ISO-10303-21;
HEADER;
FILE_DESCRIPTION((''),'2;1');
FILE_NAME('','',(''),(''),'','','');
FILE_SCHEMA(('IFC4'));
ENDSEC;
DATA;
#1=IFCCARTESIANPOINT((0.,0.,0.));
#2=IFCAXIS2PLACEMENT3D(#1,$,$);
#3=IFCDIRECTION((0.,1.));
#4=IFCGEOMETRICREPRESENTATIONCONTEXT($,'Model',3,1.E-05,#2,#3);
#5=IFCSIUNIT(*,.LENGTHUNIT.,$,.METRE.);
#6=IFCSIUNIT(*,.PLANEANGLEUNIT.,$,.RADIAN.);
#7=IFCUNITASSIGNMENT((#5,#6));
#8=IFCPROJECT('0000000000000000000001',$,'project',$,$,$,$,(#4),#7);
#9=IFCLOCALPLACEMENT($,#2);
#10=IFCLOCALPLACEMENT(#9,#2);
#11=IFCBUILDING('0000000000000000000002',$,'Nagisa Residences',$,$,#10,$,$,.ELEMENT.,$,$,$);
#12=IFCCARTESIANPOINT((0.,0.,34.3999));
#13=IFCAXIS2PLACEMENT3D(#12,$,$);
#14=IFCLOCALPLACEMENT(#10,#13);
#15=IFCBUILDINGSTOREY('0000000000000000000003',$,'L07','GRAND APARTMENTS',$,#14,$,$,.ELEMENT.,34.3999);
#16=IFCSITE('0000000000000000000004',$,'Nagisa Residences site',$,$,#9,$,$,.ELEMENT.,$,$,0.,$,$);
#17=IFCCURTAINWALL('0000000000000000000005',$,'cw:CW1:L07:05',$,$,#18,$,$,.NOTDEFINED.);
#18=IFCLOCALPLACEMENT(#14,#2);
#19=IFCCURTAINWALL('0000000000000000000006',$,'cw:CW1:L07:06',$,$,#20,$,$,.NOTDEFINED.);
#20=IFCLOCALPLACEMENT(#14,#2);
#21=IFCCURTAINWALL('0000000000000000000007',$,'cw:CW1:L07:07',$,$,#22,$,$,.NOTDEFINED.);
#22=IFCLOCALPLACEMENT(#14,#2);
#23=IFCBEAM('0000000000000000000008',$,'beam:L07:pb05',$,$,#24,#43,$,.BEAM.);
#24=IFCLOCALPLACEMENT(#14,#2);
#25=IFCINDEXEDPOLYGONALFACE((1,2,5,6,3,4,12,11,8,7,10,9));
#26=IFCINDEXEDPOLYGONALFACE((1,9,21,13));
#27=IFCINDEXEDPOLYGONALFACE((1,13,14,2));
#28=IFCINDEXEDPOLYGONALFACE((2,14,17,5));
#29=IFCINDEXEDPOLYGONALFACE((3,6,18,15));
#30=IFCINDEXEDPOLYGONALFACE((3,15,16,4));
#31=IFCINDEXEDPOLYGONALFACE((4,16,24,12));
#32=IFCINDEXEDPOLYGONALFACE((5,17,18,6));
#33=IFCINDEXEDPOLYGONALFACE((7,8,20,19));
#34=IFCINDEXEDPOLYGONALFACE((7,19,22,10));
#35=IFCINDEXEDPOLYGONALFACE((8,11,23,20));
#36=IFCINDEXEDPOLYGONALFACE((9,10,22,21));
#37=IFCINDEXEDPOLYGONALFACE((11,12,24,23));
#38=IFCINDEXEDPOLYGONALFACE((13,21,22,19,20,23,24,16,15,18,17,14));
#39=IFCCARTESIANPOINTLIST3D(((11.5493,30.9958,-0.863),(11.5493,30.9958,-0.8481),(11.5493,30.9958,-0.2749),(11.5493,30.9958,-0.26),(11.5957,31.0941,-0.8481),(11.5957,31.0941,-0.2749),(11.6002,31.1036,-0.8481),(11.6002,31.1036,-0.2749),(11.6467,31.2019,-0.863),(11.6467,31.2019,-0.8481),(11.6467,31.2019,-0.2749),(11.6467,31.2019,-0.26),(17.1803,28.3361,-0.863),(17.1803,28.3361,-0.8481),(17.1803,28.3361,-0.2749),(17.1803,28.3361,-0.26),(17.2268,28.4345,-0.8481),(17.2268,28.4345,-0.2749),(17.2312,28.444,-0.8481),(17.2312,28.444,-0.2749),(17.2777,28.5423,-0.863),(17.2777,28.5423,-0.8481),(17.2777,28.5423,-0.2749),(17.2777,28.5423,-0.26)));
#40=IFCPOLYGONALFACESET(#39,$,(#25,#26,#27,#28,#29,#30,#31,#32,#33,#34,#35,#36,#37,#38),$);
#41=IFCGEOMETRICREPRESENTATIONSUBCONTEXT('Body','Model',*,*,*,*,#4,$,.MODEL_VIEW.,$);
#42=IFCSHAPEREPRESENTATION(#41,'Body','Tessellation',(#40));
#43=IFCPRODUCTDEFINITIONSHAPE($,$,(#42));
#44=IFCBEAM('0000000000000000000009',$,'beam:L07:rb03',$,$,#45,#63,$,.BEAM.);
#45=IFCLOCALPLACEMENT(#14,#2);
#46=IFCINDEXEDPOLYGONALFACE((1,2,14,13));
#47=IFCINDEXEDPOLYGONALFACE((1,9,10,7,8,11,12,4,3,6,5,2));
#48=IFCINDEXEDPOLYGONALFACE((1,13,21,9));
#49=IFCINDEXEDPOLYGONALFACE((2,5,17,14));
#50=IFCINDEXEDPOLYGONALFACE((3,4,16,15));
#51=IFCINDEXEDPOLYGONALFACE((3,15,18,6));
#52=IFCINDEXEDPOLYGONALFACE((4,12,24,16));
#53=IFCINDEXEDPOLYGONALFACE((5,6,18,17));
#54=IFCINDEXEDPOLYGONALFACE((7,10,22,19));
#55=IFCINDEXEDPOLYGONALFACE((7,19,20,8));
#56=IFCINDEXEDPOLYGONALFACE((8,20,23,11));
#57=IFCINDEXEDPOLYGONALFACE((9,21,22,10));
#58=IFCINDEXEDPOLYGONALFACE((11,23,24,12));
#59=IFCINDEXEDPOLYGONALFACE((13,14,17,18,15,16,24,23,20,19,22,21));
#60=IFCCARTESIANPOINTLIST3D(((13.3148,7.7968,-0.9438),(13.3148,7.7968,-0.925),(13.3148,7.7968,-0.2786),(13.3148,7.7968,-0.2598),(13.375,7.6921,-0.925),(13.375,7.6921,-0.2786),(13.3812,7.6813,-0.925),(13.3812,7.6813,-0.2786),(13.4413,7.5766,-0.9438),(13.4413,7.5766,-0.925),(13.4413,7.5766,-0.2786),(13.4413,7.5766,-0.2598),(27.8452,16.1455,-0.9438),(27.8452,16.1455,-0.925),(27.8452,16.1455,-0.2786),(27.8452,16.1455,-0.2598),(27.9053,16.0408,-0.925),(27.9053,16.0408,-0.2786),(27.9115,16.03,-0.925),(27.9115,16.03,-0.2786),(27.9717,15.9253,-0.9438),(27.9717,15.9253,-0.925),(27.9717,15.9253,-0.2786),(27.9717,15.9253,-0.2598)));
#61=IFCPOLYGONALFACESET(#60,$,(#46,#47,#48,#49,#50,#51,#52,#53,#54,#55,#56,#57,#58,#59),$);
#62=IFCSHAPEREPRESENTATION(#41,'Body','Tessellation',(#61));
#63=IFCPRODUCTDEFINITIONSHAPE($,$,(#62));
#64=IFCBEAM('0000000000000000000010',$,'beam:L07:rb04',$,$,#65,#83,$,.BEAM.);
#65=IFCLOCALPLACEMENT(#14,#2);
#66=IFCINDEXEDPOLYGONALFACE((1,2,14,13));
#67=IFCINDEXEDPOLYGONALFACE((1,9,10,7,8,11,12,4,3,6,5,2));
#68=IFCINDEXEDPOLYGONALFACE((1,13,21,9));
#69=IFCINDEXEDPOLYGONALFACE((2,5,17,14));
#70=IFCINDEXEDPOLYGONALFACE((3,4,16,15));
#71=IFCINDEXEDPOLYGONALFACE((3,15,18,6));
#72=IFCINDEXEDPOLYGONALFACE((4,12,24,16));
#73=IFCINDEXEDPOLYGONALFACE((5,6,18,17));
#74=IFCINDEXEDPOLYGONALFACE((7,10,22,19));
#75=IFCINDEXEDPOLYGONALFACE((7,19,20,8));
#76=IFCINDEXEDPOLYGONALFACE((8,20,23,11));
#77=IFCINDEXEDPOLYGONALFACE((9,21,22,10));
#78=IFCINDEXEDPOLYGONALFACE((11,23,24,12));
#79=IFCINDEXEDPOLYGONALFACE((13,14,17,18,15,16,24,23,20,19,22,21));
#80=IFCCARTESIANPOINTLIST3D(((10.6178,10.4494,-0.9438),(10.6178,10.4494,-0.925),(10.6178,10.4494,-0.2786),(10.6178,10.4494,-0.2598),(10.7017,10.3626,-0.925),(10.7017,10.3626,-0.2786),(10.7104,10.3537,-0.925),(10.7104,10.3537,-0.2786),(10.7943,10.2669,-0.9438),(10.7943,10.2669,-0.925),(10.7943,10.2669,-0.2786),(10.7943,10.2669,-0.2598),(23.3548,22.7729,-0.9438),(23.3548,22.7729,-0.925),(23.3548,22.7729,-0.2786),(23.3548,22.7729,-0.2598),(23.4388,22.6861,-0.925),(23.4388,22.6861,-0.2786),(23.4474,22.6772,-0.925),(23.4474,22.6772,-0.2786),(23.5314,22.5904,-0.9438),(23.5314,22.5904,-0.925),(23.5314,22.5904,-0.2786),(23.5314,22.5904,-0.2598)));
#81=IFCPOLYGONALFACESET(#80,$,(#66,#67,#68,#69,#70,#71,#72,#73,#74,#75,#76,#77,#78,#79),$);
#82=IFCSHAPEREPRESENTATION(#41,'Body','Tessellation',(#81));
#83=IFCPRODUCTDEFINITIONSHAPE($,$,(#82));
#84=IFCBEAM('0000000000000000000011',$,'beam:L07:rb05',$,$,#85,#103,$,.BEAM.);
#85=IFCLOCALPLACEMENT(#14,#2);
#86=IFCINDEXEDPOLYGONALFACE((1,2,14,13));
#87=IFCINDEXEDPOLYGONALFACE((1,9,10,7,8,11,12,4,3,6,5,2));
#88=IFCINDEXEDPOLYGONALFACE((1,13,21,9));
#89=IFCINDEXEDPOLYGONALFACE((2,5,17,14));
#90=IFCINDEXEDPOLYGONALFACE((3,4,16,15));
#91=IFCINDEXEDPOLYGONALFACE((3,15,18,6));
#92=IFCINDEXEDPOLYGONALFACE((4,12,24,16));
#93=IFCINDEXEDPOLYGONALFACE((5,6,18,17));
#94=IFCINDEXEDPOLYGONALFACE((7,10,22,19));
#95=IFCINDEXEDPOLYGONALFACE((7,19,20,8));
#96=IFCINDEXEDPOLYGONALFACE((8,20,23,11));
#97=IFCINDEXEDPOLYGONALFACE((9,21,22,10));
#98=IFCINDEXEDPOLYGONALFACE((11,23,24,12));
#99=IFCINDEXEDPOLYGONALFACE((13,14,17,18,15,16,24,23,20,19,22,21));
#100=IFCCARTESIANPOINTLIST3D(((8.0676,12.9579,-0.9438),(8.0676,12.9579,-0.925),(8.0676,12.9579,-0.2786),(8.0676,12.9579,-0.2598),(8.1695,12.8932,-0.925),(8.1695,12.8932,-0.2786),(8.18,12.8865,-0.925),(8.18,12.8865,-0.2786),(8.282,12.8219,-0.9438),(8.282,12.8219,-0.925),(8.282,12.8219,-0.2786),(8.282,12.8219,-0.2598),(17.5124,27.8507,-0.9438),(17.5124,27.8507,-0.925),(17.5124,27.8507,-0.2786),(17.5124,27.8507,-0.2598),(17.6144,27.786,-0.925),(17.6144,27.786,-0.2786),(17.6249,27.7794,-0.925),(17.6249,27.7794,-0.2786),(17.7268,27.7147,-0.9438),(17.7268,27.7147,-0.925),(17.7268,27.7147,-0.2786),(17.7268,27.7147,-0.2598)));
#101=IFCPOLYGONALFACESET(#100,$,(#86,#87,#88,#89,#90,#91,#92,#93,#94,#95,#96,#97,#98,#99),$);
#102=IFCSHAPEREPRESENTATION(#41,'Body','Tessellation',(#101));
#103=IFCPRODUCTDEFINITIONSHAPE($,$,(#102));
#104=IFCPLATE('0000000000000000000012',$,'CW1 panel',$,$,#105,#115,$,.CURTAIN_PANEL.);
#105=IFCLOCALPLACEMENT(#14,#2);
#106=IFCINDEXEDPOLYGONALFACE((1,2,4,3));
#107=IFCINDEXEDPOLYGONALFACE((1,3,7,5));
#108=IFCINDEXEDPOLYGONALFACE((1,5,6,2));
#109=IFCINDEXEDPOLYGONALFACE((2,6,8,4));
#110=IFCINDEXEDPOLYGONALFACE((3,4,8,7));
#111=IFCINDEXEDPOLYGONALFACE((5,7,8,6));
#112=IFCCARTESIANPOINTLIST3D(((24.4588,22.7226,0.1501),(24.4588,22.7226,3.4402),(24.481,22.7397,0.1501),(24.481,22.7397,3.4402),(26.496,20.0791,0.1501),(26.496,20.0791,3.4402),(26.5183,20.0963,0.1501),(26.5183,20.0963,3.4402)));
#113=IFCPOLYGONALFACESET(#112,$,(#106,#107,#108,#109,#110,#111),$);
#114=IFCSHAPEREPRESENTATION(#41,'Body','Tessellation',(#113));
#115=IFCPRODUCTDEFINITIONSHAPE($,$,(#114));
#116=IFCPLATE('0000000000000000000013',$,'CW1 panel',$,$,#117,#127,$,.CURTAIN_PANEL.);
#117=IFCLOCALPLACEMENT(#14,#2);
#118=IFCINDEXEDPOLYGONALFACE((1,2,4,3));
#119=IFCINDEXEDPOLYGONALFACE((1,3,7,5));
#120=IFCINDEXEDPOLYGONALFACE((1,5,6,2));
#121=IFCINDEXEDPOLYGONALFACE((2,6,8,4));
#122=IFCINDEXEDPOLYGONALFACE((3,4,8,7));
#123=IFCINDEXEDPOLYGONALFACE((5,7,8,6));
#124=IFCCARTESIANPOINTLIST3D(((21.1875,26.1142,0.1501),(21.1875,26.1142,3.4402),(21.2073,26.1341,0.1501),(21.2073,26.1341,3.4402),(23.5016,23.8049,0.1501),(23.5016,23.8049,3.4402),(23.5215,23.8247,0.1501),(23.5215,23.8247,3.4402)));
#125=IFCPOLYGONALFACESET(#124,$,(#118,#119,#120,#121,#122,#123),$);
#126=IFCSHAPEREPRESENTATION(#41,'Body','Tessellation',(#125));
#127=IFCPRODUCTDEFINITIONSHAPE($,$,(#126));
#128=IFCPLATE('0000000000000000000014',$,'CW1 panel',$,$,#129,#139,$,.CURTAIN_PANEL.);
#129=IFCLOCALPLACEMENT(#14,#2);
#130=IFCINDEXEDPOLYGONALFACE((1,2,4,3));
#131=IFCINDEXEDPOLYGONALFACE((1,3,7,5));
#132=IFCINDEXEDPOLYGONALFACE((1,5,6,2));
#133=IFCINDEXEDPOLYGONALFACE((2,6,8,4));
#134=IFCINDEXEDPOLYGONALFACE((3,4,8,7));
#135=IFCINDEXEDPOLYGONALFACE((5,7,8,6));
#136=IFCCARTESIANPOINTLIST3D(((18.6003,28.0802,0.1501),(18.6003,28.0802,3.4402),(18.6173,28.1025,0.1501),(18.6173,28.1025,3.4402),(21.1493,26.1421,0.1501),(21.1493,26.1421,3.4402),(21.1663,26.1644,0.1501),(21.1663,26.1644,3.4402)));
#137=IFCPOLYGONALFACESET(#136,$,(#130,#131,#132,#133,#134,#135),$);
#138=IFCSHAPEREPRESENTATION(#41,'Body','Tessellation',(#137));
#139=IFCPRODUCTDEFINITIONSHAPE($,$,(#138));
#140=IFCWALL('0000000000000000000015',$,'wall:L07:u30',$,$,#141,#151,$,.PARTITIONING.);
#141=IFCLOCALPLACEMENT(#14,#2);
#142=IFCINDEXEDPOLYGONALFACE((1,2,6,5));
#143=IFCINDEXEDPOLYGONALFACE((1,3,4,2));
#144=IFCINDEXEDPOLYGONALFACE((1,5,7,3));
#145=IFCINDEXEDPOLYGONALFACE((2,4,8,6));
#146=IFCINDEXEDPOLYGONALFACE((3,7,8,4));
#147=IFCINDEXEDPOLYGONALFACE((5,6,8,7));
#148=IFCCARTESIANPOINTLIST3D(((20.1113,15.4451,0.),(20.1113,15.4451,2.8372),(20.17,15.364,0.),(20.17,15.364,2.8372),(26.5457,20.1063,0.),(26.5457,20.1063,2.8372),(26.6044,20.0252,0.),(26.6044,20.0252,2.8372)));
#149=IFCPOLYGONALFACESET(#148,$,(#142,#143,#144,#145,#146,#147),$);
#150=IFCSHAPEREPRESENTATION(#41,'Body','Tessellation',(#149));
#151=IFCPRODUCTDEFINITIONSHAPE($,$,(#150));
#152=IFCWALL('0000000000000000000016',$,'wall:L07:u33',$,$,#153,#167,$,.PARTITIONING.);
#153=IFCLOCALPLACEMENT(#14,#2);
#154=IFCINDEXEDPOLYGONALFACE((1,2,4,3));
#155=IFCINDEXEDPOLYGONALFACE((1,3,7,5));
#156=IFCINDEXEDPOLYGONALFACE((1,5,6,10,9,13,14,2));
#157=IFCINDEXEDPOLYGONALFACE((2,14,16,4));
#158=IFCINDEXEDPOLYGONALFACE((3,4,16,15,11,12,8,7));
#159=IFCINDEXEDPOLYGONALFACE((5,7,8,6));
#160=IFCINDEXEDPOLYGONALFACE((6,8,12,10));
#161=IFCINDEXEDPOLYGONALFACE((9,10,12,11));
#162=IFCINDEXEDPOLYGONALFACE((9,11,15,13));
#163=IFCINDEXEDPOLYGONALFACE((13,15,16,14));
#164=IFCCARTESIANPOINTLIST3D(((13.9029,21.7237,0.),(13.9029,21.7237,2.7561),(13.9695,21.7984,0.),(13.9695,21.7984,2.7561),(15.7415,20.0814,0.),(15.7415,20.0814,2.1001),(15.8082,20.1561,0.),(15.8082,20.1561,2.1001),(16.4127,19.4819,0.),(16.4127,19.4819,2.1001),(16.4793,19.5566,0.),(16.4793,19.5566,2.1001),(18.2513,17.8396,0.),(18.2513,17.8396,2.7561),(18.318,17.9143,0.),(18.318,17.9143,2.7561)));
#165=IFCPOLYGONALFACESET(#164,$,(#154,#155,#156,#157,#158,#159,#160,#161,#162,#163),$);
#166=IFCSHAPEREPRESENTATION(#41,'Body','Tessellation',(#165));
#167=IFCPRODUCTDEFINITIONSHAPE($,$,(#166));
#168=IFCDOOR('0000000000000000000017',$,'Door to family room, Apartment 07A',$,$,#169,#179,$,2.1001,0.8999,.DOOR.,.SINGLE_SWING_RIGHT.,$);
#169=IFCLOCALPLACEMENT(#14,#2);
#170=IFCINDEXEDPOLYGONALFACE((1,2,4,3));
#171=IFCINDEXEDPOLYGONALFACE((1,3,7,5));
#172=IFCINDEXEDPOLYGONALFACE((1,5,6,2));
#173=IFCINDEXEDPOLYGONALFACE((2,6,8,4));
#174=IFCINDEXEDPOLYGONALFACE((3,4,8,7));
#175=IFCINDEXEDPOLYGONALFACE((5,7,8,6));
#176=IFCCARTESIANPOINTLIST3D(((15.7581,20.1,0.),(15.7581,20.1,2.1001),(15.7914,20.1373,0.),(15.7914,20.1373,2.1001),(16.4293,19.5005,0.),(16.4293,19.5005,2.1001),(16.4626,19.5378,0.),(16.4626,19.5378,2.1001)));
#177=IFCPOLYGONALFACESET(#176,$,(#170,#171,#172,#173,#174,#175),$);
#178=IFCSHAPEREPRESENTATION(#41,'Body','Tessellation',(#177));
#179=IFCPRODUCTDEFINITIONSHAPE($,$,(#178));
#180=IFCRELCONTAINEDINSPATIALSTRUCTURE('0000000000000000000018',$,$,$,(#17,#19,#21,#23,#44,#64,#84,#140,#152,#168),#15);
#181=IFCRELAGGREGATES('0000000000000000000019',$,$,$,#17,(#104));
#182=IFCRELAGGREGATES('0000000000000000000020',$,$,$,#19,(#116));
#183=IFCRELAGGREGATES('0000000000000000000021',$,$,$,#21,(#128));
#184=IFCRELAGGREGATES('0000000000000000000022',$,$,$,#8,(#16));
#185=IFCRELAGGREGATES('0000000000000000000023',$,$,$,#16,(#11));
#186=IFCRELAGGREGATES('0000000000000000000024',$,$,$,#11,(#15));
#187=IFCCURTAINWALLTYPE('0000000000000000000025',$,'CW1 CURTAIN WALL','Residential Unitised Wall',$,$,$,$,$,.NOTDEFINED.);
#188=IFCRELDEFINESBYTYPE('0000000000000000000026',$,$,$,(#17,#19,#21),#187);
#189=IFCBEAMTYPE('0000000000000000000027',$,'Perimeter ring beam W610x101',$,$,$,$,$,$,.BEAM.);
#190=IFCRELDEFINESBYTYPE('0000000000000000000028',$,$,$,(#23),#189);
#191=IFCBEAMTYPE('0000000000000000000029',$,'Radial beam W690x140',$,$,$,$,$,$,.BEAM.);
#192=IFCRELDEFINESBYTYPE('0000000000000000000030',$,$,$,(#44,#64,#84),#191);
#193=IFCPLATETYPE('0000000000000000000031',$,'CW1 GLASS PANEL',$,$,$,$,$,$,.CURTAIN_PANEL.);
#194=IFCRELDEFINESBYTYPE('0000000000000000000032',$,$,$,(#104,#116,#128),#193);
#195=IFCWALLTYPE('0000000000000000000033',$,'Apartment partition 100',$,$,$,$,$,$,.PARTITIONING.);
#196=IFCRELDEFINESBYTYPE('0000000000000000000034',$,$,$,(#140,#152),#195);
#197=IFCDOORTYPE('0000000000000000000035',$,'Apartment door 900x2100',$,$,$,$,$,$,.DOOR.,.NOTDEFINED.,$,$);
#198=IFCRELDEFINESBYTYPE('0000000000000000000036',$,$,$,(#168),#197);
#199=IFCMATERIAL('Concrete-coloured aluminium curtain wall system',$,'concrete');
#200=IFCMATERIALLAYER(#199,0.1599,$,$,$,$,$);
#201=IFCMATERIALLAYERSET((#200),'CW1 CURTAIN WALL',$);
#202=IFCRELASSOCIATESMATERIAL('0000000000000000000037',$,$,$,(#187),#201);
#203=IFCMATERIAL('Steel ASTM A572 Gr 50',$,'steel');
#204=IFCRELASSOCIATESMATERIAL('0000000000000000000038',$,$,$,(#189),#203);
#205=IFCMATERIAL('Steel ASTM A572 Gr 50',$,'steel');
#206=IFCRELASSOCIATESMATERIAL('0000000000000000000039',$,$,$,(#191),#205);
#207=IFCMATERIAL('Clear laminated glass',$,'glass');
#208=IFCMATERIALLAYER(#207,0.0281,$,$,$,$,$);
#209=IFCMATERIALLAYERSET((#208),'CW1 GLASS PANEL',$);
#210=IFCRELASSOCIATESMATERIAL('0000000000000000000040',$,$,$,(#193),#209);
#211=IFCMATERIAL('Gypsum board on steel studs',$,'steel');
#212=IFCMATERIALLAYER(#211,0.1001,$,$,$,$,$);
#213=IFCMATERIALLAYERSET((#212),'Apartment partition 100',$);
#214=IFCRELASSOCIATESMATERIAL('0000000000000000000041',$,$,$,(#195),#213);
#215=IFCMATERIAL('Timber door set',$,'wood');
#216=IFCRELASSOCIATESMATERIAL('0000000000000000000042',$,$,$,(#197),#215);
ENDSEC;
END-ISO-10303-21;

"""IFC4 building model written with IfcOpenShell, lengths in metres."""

from ifc_helpers import new_model, si_unit, direction, frame, frame_2d, origin, origin_2d, place, context, subcontext, project, spatial, rectangle, i_section, extrude, material, layer, layer_set, material_profile, profile_set, type_object, element, fill, aggregate, save


model = new_model("IFC4")

# Units and contexts
model_context = context("Model", 3, precision=1e-05, world=origin(), true_north=direction((0.0, 1.0)))
body_context = subcontext(model_context, "Body", "Model", "MODEL_VIEW")
ifc_project = project(units=[si_unit("LENGTHUNIT", "METRE"), si_unit("PLANEANGLEUNIT", "RADIAN")], contexts=[model_context])

# Site, building, storey
site_placement = place(None, origin())
site = spatial("IfcSite", under=ifc_project, at=site_placement, Name="Nagisa Residences site", CompositionType="ELEMENT", RefElevation=0.0)
building_placement = place(site_placement, origin())
building = spatial("IfcBuilding", under=site, at=building_placement, Name="Nagisa Residences", CompositionType="ELEMENT")
storey_placement = place(building_placement, frame((0.0, 0.0, 34.3999)))
storey = spatial("IfcBuildingStorey", under=building, at=storey_placement, Name="L07", Description="GRAND APARTMENTS", CompositionType="ELEMENT", Elevation=34.3999)

# Curtain walls
ifc_material_1 = material(Name="Concrete-coloured aluminium curtain wall system", Category="concrete")
ifc_layer_1 = layer(ifc_material_1, 0.1599)
ifc_layer_set_1 = layer_set([ifc_layer_1], Name="CW1 CURTAIN WALL")
curtain_wall_type = type_object("IfcCurtainWallType", Name="CW1 CURTAIN WALL", Description="Residential Unitised Wall", PredefinedType="NOTDEFINED", material=ifc_layer_set_1)
curtain_wall_1_placement = place(storey_placement, origin())
curtain_wall_1 = element("IfcCurtainWall", 1, at=curtain_wall_1_placement, inside=storey, type_object=curtain_wall_type, Name="cw:CW1:L07:05", PredefinedType="NOTDEFINED")
curtain_wall_2_placement = place(storey_placement, origin())
curtain_wall_2 = element("IfcCurtainWall", 2, at=curtain_wall_2_placement, inside=storey, type_object=curtain_wall_type, Name="cw:CW1:L07:06", PredefinedType="NOTDEFINED")
curtain_wall_3_placement = place(storey_placement, origin())
curtain_wall_3 = element("IfcCurtainWall", 3, at=curtain_wall_3_placement, inside=storey, type_object=curtain_wall_type, Name="cw:CW1:L07:07", PredefinedType="NOTDEFINED")

# Beams
ifc_material_2 = material(Name="Steel ASTM A572 Gr 50", Category="steel")
ifc_material_profile_1 = material_profile(ifc_material_2, i_section(OverallWidth=0.228, OverallDepth=0.603, WebThickness=0.0105, FlangeThickness=0.0149, at=origin_2d()), Name="W610x101")
ifc_profile_set_1 = profile_set([ifc_material_profile_1], Name="Steel ASTM A572 Gr 50")
beam_type_1 = type_object("IfcBeamType", Name="Perimeter ring beam W610x101", PredefinedType="BEAM", material=ifc_profile_set_1)
beam_1_placement = place(storey_placement, frame((17.229, 28.4392, -0.5615), z_axis=(-0.904215, 0.427077, 0.0), x_axis=(-0.427077, -0.904215, 0.0)))
element("IfcBeam", 4, at=beam_1_placement, inside=storey, type_object=beam_type_1, Name="beam:L07:pb05", PredefinedType="BEAM", context=body_context, shape_type="SweptSolid", body=[
    extrude(i_section(OverallWidth=0.228, OverallDepth=0.603, WebThickness=0.0105, FlangeThickness=0.0149, at=origin_2d()), origin(), (0.0, 0.0, 1.0), 6.2275),
])
ifc_material_3 = material(Name="Steel ASTM A572 Gr 50", Category="steel")
ifc_material_profile_2 = material_profile(ifc_material_3, i_section(OverallWidth=0.2539, OverallDepth=0.6841, WebThickness=0.0125, FlangeThickness=0.0188, at=origin_2d()), Name="W690x140")
ifc_profile_set_2 = profile_set([ifc_material_profile_2], Name="Steel ASTM A572 Gr 50")
beam_type_2 = type_object("IfcBeamType", Name="Radial beam W690x140", PredefinedType="BEAM", material=ifc_profile_set_2)
beam_2_placement = place(storey_placement, frame((27.9084, 16.0354, -0.6018), z_axis=(-0.867068, -0.49819, 0.0), x_axis=(0.49819, -0.867068, 0.0)))
element("IfcBeam", 5, at=beam_2_placement, inside=storey, type_object=beam_type_2, Name="beam:L07:rb03", PredefinedType="BEAM", context=body_context, shape_type="SweptSolid", body=[
    extrude(i_section(OverallWidth=0.2539, OverallDepth=0.6841, WebThickness=0.0125, FlangeThickness=0.0188, at=origin_2d()), origin(), (0.0, 0.0, 1.0), 16.7581),
])
beam_3_placement = place(storey_placement, frame((23.4431, 22.6816, -0.6018), z_axis=(-0.718678, -0.695343, 0.0), x_axis=(0.695343, -0.718678, 0.0)))
element("IfcBeam", 6, at=beam_3_placement, inside=storey, type_object=beam_type_2, Name="beam:L07:rb04", PredefinedType="BEAM", context=body_context, shape_type="SweptSolid", body=[
    extrude(i_section(OverallWidth=0.2539, OverallDepth=0.6841, WebThickness=0.0125, FlangeThickness=0.0188, at=origin_2d()), origin(), (0.0, 0.0, 1.0), 17.7229),
])
beam_4_placement = place(storey_placement, frame((17.6196, 27.7827, -0.6018), z_axis=(-0.535566, -0.844493, 0.0), x_axis=(0.844493, -0.535566, 0.0)))
element("IfcBeam", 7, at=beam_4_placement, inside=storey, type_object=beam_type_2, Name="beam:L07:rb05", PredefinedType="BEAM", context=body_context, shape_type="SweptSolid", body=[
    extrude(i_section(OverallWidth=0.2539, OverallDepth=0.6841, WebThickness=0.0125, FlangeThickness=0.0188, at=origin_2d()), origin(), (0.0, 0.0, 1.0), 17.6353),
])

# Plates
ifc_material_4 = material(Name="Clear laminated glass", Category="glass")
ifc_layer_2 = layer(ifc_material_4, 0.0281)
ifc_layer_set_2 = layer_set([ifc_layer_2], Name="CW1 GLASS PANEL")
plate_type = type_object("IfcPlateType", Name="CW1 GLASS PANEL", PredefinedType="CURTAIN_PANEL", material=ifc_layer_set_2)
plate_1_placement = place(storey_placement, frame((25.4885, 21.4094, 0.1501), z_axis=(0.0, 0.0, 1.0), x_axis=(-0.61043, 0.79207, 0.0)))
plate_1 = element("IfcPlate", 8, at=plate_1_placement, type_object=plate_type, Name="CW1 panel", PredefinedType="CURTAIN_PANEL", context=body_context, shape_type="SweptSolid", body=[
    extrude(rectangle(XDim=3.3374, YDim=0.0281, at=origin_2d()), origin(), (0.0, 0.0, 1.0), 3.29),
])
aggregate(curtain_wall_1, [plate_1])
plate_2_placement = place(storey_placement, frame((22.3545, 24.9695, 0.1501), z_axis=(0.0, 0.0, 1.0), x_axis=(-0.707836, 0.706377, 0.0)))
plate_2 = element("IfcPlate", 9, at=plate_2_placement, type_object=plate_type, Name="CW1 panel", PredefinedType="CURTAIN_PANEL", context=body_context, shape_type="SweptSolid", body=[
    extrude(rectangle(XDim=3.2693, YDim=0.0281, at=origin_2d()), origin(), (0.0, 0.0, 1.0), 3.29),
])
aggregate(curtain_wall_2, [plate_2])
plate_3_placement = place(storey_placement, frame((19.8833, 27.1223, 0.1501), z_axis=(0.0, 0.0, 1.0), x_axis=(-0.796031, 0.605255, 0.0)))
plate_3 = element("IfcPlate", 10, at=plate_3_placement, type_object=plate_type, Name="CW1 panel", PredefinedType="CURTAIN_PANEL", context=body_context, shape_type="SweptSolid", body=[
    extrude(rectangle(XDim=3.2021, YDim=0.0281, at=origin_2d()), origin(), (0.0, 0.0, 1.0), 3.29),
])
aggregate(curtain_wall_3, [plate_3])

# Wall
ifc_material_5 = material(Name="Gypsum board on steel studs", Category="steel")
ifc_layer_3 = layer(ifc_material_5, 0.1001)
ifc_layer_set_3 = layer_set([ifc_layer_3], Name="Apartment partition 100")
wall_type_1 = type_object("IfcWallType", Name="Apartment partition 100", PredefinedType="PARTITIONING", material=ifc_layer_set_3)
wall_1_placement = place(storey_placement, frame((20.1406, 15.4045, 0.0), z_axis=(0.0, 0.0, 1.0), x_axis=(0.809835, 0.586658, 0.0)))
element("IfcWall", 11, at=wall_1_placement, inside=storey, type_object=wall_type_1, Name="wall:L07:u30", PredefinedType="PARTITIONING", context=body_context, shape_type="SweptSolid", body=[
    extrude(rectangle(XDim=7.9453, YDim=0.1001, at=frame_2d((3.9727, 0.0))), origin(), (0.0, 0.0, 1.0), 2.8372),
])

# Wall, opening, door
wall_2_placement = place(storey_placement, frame((18.2847, 17.877, 0.0), z_axis=(0.0, 0.0, 1.0), x_axis=(-0.745806, 0.666163, 0.0)))
wall_2 = element("IfcWall", 12, at=wall_2_placement, inside=storey, type_object=wall_type_1, Name="wall:L07:u33", PredefinedType="PARTITIONING", context=body_context, shape_type="SweptSolid", body=[
    extrude(rectangle(XDim=5.8306, YDim=0.1001, at=frame_2d((2.9153, 0.0))), origin(), (0.0, 0.0, 1.0), 2.7561),
])
opening_1_placement = place(wall_2_placement, frame((2.4653, 0.0, 0.0)))
opening_1 = element("IfcOpeningElement", 13, at=opening_1_placement, cuts=wall_2, PredefinedType="OPENING", context=body_context, shape_type="SweptSolid", body=[
    extrude(rectangle(XDim=0.8999, YDim=2.1001, at=frame_2d((0.45, 1.05))), frame((0.0, 0.0601, 0.0), z_axis=(0.0, -1.0, 0.0), x_axis=(1.0, 0.0, 0.0)), (0.0, 0.0, 1.0), 0.1201),
])
ifc_material_6 = material(Name="Timber door set", Category="wood")
door_type_1 = type_object("IfcDoorType", Name="Apartment door 900x2100", OperationType="NOTDEFINED", PredefinedType="DOOR", material=ifc_material_6)
door_1_placement = place(opening_1_placement, frame((0.8999, 0.0, 0.0), x_axis=(-1.0, 0.0, 0.0)))
door_1 = element("IfcDoor", 14, at=door_1_placement, inside=storey, type_object=door_type_1, Name="Door to family room, Apartment 07A", OperationType="SINGLE_SWING_RIGHT", OverallHeight=2.1001, OverallWidth=0.8999, PredefinedType="DOOR", context=body_context, shape_type="SweptSolid", body=[
    extrude(rectangle(XDim=0.8999, YDim=2.1001, at=frame_2d((0.45, 1.05))), frame((0.0, 0.0249, 0.0), z_axis=(0.0, -1.0, 0.0), x_axis=(1.0, 0.0, 0.0)), (0.0, 0.0, 1.0), 0.05),
])
fill(opening_1, door_1)

save(model, "model.ifc")
